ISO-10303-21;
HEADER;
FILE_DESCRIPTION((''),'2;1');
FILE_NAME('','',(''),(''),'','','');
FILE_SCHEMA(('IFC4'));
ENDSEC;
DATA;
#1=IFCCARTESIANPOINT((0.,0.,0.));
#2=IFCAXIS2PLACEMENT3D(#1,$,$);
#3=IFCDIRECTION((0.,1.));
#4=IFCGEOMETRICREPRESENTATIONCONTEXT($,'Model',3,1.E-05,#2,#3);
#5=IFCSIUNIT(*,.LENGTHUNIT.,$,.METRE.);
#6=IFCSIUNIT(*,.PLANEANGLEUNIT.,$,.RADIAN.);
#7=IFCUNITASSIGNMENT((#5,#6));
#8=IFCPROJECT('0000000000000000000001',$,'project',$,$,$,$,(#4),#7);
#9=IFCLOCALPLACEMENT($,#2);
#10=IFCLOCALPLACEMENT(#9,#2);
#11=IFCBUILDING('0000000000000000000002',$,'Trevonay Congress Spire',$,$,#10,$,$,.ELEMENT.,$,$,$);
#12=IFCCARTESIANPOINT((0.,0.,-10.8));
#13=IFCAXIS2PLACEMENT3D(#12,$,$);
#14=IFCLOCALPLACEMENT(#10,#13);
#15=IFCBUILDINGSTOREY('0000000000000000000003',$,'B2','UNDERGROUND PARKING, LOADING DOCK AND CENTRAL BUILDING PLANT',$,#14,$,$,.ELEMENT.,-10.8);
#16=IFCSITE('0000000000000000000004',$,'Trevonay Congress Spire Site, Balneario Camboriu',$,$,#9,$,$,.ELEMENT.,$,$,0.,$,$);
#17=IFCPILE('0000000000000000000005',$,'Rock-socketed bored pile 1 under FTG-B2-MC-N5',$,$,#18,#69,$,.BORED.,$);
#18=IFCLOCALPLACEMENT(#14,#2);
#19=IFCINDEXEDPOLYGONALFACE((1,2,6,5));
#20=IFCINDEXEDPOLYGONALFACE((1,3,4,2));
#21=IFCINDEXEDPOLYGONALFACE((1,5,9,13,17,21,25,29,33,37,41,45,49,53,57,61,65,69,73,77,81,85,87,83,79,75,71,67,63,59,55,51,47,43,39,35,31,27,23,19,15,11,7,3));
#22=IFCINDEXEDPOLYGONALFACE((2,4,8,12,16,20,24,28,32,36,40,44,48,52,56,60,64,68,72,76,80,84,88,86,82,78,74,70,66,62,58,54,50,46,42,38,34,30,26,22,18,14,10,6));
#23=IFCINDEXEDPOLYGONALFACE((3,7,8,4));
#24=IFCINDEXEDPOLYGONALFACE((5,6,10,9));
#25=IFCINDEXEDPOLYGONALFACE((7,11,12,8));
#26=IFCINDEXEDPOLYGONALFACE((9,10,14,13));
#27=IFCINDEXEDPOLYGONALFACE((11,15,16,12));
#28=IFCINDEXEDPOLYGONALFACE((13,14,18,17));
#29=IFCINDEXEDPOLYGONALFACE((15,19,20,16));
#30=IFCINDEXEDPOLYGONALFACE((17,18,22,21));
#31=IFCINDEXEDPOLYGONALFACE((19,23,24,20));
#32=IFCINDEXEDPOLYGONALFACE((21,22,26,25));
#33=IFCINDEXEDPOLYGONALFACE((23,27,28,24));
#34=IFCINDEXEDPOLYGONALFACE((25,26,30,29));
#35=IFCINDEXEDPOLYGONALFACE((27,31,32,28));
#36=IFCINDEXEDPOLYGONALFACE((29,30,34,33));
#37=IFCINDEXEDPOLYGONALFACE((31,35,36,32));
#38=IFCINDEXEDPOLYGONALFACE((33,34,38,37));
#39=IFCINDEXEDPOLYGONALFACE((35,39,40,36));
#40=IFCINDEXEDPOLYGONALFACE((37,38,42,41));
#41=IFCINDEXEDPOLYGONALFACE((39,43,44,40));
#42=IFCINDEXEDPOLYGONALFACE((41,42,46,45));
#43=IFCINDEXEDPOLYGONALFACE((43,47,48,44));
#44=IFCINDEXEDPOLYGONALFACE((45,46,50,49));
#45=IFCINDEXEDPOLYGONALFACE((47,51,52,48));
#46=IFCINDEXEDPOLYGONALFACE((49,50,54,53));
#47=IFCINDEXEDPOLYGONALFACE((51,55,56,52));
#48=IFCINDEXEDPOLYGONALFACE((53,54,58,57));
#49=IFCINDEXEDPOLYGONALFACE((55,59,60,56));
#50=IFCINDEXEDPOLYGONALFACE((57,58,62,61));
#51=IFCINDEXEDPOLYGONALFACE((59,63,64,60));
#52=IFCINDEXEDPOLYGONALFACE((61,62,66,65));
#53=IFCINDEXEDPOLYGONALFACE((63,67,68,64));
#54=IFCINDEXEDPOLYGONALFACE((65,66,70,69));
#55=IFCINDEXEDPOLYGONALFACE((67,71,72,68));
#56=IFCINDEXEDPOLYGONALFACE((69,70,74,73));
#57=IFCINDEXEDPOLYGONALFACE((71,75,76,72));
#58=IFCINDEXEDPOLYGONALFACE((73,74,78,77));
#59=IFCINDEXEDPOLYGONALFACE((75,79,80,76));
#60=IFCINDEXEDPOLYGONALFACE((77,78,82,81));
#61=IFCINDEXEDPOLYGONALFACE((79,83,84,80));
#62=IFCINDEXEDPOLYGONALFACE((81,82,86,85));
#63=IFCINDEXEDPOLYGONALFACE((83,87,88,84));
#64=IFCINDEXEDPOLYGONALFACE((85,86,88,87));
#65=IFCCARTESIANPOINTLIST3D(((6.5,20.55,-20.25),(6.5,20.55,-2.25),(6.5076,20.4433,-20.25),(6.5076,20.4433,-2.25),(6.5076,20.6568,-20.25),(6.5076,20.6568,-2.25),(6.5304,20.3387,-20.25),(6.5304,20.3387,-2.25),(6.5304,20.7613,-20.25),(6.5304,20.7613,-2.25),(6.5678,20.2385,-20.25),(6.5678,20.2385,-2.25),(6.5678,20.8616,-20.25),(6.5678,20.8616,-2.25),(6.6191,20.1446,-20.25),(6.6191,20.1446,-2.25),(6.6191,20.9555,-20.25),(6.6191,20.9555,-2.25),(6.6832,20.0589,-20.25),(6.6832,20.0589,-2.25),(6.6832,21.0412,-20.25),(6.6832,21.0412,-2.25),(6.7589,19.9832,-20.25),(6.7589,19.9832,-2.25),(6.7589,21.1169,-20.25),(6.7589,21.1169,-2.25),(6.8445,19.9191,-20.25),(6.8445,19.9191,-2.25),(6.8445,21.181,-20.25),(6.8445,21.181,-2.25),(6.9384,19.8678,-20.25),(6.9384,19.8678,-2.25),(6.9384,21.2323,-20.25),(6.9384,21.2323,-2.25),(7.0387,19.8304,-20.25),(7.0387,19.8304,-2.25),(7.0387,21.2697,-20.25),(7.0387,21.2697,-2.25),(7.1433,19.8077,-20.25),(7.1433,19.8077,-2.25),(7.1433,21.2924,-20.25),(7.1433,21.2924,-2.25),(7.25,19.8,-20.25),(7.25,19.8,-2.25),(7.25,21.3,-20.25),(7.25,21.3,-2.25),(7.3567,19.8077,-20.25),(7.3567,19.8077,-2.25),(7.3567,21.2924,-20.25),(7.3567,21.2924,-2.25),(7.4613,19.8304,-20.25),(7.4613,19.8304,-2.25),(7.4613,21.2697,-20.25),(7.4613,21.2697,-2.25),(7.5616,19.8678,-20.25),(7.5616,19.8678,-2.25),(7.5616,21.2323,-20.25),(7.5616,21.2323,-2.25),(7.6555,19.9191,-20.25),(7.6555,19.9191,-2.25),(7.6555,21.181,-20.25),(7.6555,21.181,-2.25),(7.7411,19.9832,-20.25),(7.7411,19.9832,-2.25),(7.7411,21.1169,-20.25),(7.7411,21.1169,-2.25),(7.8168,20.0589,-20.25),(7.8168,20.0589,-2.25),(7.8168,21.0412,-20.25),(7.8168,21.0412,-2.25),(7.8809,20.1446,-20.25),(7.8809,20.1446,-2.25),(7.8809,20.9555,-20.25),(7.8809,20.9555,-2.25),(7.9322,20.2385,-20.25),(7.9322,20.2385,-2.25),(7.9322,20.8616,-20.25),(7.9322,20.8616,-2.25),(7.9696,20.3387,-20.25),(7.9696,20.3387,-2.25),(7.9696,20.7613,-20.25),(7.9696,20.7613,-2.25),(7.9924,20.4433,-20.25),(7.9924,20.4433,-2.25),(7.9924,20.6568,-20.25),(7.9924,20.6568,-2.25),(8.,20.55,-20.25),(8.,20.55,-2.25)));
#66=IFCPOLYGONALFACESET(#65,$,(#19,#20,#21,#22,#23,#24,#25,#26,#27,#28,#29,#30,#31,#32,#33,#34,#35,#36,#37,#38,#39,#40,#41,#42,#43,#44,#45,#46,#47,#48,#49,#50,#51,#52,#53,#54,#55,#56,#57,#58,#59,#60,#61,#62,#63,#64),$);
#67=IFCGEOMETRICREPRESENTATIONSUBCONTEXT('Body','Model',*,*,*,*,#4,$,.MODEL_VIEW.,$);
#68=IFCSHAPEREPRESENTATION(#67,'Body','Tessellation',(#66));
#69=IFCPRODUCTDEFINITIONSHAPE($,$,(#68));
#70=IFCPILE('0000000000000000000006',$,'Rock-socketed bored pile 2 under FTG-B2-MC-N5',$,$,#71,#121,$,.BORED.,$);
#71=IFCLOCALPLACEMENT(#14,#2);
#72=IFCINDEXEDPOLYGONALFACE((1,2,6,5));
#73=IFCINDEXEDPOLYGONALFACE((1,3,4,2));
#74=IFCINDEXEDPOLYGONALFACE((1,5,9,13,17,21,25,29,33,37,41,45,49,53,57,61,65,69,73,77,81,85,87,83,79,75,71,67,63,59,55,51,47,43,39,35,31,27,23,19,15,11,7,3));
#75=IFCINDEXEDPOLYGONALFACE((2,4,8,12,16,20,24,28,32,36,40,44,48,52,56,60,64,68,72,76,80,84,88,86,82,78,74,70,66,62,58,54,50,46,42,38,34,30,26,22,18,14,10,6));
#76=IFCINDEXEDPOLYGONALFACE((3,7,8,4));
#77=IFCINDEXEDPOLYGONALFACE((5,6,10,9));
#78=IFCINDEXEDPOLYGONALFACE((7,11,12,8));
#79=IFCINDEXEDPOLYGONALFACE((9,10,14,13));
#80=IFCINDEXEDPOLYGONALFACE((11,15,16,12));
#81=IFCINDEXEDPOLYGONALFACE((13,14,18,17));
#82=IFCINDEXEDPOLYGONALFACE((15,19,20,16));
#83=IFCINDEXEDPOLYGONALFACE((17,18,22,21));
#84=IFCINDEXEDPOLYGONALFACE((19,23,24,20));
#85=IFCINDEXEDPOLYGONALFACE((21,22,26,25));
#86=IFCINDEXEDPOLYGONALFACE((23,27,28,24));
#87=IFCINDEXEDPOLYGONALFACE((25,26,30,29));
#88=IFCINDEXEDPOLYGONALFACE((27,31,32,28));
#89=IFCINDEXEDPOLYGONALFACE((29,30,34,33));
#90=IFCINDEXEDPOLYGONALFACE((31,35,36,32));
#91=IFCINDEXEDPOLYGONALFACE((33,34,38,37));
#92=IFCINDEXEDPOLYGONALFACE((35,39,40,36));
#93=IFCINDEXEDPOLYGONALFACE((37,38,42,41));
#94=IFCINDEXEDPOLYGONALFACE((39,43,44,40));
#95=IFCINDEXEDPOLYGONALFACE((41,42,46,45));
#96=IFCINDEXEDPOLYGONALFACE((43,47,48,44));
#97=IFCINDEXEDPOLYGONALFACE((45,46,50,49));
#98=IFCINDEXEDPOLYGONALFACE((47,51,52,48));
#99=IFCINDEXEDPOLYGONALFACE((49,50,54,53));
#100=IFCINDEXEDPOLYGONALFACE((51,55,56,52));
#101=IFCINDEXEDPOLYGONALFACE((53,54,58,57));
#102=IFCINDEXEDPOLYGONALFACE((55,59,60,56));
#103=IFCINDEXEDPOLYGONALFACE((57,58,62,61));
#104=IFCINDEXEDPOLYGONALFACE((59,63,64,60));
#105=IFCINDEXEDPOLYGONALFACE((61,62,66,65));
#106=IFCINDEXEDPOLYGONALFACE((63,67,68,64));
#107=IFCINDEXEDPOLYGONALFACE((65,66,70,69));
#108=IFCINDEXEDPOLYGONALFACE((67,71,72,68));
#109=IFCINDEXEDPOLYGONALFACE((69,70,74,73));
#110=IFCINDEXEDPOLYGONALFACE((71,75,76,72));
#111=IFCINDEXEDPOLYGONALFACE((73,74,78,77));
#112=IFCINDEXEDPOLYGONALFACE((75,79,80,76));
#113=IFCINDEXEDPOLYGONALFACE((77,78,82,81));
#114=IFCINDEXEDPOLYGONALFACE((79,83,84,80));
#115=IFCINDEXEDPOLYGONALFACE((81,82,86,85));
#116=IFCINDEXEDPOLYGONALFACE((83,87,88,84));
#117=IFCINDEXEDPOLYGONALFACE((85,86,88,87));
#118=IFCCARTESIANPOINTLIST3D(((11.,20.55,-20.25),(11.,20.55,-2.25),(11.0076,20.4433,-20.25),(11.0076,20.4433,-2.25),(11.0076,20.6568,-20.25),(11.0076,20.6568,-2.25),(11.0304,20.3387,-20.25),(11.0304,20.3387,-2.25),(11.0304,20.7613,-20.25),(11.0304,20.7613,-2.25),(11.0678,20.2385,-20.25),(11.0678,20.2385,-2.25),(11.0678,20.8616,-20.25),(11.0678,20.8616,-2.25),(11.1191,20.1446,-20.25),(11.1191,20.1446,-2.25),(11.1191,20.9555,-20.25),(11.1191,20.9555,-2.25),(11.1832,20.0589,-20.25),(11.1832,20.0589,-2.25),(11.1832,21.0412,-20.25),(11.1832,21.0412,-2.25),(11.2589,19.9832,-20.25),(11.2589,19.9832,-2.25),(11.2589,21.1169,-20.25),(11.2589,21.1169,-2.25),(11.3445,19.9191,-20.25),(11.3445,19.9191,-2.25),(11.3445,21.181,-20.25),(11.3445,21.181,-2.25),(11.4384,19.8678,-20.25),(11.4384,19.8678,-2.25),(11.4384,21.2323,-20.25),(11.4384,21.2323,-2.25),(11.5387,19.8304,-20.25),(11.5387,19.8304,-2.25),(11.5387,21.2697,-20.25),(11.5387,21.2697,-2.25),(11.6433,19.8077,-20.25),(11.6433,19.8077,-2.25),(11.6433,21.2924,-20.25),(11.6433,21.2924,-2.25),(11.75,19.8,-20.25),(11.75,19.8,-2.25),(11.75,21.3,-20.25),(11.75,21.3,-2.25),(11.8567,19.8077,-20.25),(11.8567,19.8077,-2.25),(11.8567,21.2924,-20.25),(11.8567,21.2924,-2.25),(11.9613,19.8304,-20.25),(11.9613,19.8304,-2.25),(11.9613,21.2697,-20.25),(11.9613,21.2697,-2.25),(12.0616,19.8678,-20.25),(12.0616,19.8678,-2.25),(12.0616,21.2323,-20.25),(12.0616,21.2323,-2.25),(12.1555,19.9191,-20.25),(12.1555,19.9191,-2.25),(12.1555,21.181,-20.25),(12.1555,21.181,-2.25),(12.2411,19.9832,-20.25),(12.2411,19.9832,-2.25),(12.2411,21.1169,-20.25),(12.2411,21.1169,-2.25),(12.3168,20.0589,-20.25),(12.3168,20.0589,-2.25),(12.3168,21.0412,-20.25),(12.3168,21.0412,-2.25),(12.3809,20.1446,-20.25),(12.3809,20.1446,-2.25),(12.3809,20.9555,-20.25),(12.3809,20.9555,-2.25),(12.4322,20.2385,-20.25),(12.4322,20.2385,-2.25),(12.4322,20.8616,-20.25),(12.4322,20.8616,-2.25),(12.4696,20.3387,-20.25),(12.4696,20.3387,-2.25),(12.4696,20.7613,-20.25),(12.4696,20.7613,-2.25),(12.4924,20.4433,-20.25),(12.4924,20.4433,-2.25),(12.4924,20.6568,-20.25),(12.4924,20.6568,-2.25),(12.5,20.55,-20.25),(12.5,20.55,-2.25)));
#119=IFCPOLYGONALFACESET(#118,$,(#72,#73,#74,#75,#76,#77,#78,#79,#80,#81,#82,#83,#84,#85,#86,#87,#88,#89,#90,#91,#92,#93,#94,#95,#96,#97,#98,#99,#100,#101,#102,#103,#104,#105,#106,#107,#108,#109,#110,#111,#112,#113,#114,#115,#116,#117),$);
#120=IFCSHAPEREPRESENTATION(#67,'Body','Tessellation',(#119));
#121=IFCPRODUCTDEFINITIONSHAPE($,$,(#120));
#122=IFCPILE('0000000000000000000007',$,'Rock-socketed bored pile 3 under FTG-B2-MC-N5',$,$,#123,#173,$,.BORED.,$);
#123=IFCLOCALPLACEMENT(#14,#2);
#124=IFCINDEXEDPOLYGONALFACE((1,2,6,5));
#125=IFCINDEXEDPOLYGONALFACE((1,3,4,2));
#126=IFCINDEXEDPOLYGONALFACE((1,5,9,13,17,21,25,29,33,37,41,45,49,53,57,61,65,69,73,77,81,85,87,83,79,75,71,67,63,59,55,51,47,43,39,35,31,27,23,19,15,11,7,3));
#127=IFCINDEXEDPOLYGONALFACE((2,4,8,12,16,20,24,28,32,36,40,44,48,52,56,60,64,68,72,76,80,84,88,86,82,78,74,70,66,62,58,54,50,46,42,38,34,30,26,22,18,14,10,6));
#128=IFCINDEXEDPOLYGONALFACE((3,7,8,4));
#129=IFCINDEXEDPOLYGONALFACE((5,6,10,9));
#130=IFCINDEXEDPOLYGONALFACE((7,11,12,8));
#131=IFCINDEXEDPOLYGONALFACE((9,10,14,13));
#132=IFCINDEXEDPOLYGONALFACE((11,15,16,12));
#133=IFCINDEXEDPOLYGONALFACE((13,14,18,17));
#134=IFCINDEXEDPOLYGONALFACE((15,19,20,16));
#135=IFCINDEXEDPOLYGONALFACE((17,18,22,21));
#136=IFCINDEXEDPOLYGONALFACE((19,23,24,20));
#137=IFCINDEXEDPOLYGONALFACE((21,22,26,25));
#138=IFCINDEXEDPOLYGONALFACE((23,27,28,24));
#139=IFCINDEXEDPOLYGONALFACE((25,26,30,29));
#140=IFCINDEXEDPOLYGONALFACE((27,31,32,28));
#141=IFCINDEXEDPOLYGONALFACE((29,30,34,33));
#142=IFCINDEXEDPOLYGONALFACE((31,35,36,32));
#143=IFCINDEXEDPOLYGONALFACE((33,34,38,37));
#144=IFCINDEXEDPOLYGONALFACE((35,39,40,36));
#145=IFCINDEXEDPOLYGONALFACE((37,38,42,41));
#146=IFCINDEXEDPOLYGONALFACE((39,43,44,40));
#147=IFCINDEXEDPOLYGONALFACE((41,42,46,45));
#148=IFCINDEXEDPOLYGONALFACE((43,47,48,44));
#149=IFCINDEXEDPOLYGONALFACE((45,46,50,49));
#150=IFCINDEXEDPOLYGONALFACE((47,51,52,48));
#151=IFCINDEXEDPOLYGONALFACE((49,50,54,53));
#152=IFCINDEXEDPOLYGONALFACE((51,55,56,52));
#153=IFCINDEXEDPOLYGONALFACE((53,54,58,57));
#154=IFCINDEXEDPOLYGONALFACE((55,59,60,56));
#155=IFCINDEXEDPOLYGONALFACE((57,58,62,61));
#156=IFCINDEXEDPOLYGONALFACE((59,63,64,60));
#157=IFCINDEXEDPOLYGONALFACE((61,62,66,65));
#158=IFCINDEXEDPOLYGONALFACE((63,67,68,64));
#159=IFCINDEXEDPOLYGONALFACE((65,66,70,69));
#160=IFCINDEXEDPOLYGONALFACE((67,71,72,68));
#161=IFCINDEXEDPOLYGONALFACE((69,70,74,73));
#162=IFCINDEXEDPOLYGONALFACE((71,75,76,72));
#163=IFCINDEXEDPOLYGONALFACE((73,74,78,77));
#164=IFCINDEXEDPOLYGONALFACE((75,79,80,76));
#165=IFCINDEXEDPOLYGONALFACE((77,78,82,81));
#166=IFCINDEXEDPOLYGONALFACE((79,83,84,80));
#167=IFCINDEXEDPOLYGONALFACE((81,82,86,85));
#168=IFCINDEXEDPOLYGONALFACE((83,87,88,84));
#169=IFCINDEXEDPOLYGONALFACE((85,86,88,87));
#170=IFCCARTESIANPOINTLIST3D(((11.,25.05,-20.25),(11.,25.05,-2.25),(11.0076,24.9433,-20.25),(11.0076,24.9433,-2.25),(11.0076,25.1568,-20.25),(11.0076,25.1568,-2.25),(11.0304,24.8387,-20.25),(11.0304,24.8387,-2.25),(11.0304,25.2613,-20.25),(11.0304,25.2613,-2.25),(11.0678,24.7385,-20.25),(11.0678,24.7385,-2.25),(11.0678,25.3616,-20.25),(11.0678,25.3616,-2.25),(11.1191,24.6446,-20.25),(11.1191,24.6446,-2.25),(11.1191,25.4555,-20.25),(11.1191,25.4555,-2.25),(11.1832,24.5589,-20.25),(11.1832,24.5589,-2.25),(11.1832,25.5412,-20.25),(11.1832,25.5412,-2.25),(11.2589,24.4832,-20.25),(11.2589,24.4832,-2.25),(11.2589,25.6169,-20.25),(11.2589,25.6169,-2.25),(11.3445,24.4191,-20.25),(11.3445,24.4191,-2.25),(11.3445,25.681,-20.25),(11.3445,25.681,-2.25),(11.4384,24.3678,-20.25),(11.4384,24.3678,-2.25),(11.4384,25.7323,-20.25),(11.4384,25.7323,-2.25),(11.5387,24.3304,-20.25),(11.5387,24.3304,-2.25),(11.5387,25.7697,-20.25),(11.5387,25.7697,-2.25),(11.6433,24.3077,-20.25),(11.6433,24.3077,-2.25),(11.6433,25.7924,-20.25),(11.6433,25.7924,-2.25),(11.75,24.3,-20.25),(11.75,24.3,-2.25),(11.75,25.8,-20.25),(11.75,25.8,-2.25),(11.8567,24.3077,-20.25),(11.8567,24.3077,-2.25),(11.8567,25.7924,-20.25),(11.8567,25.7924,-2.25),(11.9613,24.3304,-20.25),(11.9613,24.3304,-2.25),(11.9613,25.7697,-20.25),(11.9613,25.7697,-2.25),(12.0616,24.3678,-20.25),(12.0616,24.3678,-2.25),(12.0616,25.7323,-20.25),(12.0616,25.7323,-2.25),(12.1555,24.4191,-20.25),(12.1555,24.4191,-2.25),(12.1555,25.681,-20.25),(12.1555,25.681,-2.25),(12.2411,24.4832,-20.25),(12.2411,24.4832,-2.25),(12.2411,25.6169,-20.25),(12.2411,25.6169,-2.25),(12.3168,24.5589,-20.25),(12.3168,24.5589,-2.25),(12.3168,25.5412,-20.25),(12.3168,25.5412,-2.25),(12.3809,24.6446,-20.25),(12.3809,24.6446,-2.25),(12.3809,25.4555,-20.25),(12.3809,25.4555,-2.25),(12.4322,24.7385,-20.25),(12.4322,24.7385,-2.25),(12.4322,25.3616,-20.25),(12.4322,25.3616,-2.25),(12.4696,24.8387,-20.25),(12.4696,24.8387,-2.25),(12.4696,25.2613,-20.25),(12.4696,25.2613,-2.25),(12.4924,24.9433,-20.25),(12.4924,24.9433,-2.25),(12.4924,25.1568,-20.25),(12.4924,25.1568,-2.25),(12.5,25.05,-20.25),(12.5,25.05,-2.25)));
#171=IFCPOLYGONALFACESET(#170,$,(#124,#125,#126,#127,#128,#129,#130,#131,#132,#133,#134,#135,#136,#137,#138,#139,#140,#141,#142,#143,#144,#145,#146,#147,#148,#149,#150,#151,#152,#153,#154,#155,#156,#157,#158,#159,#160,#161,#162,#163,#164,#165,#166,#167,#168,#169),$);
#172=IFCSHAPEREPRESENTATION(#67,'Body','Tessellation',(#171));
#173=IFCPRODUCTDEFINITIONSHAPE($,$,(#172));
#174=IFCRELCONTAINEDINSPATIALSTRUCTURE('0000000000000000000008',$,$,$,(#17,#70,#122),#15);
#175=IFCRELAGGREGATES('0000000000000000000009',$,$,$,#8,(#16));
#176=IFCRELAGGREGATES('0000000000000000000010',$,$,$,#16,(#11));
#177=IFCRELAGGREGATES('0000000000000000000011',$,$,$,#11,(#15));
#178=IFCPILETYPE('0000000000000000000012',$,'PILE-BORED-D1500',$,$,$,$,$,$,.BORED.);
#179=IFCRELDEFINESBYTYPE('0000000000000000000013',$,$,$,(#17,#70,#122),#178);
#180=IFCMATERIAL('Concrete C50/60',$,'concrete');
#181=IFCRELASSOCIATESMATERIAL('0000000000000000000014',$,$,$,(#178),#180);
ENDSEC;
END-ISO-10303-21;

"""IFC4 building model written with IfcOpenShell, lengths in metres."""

from ifc_helpers import new_model, si_unit, direction, frame, origin, origin_2d, place, context, subcontext, project, spatial, circle, extrude, material, material_profile, profile_set, type_object, element, save


model = new_model("IFC4")

# Units and contexts
model_context = context("Model", 3, precision=1e-05, world=origin(), true_north=direction((0.0, 1.0)))
body_context = subcontext(model_context, "Body", "Model", "MODEL_VIEW")
ifc_project = project(units=[si_unit("LENGTHUNIT", "METRE"), si_unit("PLANEANGLEUNIT", "RADIAN")], contexts=[model_context])

# Site, building, storey
site_placement = place(None, origin())
site = spatial("IfcSite", under=ifc_project, at=site_placement, Name="Trevonay Congress Spire Site, Balneario Camboriu", CompositionType="ELEMENT", RefElevation=0.0)
building_placement = place(site_placement, origin())
building = spatial("IfcBuilding", under=site, at=building_placement, Name="Trevonay Congress Spire", CompositionType="ELEMENT")
storey_placement = place(building_placement, frame((0.0, 0.0, -10.8)))
storey = spatial("IfcBuildingStorey", under=building, at=storey_placement, Name="B2", Description="UNDERGROUND PARKING, LOADING DOCK AND CENTRAL BUILDING PLANT", CompositionType="ELEMENT", Elevation=-10.8)

# Shared definitions
ifc_material_1 = material(Name="Concrete C50/60", Category="concrete")

# Piles
ifc_material_profile_1 = material_profile(ifc_material_1, circle(Radius=0.75, at=origin_2d()), Name="PILE D1500")
ifc_profile_set_1 = profile_set([ifc_material_profile_1], Name="Concrete C50/60")
pile_type_1 = type_object("IfcPileType", Name="PILE-BORED-D1500", PredefinedType="BORED", material=ifc_profile_set_1)
for number, where, z_axis, x_axis, name in (
    (1, (7.25, 20.55, -2.25), (0.0, 0.0, -1.0), (1.0, 0.0, 0.0), "Rock-socketed bored pile 1 under FTG-B2-MC-N5"),
    (2, (11.75, 20.55, -2.25), (0.0, 0.0, -1.0), (1.0, 0.0, 0.0), "Rock-socketed bored pile 2 under FTG-B2-MC-N5"),
    (3, (11.75, 25.05, -2.25), (0.0, 0.0, -1.0), (1.0, 0.0, 0.0), "Rock-socketed bored pile 3 under FTG-B2-MC-N5"),
):
    element("IfcPile", number, at=place(storey_placement, frame(where, z_axis=z_axis, x_axis=x_axis)), inside=storey, type_object=pile_type_1, Name=name, PredefinedType="BORED", context=body_context, shape_type="SweptSolid", body=[
        extrude(circle(Radius=0.75, at=origin_2d()), origin(), (0.0, 0.0, 1.0), 18.0),
    ])

save(model, "model.ifc")
